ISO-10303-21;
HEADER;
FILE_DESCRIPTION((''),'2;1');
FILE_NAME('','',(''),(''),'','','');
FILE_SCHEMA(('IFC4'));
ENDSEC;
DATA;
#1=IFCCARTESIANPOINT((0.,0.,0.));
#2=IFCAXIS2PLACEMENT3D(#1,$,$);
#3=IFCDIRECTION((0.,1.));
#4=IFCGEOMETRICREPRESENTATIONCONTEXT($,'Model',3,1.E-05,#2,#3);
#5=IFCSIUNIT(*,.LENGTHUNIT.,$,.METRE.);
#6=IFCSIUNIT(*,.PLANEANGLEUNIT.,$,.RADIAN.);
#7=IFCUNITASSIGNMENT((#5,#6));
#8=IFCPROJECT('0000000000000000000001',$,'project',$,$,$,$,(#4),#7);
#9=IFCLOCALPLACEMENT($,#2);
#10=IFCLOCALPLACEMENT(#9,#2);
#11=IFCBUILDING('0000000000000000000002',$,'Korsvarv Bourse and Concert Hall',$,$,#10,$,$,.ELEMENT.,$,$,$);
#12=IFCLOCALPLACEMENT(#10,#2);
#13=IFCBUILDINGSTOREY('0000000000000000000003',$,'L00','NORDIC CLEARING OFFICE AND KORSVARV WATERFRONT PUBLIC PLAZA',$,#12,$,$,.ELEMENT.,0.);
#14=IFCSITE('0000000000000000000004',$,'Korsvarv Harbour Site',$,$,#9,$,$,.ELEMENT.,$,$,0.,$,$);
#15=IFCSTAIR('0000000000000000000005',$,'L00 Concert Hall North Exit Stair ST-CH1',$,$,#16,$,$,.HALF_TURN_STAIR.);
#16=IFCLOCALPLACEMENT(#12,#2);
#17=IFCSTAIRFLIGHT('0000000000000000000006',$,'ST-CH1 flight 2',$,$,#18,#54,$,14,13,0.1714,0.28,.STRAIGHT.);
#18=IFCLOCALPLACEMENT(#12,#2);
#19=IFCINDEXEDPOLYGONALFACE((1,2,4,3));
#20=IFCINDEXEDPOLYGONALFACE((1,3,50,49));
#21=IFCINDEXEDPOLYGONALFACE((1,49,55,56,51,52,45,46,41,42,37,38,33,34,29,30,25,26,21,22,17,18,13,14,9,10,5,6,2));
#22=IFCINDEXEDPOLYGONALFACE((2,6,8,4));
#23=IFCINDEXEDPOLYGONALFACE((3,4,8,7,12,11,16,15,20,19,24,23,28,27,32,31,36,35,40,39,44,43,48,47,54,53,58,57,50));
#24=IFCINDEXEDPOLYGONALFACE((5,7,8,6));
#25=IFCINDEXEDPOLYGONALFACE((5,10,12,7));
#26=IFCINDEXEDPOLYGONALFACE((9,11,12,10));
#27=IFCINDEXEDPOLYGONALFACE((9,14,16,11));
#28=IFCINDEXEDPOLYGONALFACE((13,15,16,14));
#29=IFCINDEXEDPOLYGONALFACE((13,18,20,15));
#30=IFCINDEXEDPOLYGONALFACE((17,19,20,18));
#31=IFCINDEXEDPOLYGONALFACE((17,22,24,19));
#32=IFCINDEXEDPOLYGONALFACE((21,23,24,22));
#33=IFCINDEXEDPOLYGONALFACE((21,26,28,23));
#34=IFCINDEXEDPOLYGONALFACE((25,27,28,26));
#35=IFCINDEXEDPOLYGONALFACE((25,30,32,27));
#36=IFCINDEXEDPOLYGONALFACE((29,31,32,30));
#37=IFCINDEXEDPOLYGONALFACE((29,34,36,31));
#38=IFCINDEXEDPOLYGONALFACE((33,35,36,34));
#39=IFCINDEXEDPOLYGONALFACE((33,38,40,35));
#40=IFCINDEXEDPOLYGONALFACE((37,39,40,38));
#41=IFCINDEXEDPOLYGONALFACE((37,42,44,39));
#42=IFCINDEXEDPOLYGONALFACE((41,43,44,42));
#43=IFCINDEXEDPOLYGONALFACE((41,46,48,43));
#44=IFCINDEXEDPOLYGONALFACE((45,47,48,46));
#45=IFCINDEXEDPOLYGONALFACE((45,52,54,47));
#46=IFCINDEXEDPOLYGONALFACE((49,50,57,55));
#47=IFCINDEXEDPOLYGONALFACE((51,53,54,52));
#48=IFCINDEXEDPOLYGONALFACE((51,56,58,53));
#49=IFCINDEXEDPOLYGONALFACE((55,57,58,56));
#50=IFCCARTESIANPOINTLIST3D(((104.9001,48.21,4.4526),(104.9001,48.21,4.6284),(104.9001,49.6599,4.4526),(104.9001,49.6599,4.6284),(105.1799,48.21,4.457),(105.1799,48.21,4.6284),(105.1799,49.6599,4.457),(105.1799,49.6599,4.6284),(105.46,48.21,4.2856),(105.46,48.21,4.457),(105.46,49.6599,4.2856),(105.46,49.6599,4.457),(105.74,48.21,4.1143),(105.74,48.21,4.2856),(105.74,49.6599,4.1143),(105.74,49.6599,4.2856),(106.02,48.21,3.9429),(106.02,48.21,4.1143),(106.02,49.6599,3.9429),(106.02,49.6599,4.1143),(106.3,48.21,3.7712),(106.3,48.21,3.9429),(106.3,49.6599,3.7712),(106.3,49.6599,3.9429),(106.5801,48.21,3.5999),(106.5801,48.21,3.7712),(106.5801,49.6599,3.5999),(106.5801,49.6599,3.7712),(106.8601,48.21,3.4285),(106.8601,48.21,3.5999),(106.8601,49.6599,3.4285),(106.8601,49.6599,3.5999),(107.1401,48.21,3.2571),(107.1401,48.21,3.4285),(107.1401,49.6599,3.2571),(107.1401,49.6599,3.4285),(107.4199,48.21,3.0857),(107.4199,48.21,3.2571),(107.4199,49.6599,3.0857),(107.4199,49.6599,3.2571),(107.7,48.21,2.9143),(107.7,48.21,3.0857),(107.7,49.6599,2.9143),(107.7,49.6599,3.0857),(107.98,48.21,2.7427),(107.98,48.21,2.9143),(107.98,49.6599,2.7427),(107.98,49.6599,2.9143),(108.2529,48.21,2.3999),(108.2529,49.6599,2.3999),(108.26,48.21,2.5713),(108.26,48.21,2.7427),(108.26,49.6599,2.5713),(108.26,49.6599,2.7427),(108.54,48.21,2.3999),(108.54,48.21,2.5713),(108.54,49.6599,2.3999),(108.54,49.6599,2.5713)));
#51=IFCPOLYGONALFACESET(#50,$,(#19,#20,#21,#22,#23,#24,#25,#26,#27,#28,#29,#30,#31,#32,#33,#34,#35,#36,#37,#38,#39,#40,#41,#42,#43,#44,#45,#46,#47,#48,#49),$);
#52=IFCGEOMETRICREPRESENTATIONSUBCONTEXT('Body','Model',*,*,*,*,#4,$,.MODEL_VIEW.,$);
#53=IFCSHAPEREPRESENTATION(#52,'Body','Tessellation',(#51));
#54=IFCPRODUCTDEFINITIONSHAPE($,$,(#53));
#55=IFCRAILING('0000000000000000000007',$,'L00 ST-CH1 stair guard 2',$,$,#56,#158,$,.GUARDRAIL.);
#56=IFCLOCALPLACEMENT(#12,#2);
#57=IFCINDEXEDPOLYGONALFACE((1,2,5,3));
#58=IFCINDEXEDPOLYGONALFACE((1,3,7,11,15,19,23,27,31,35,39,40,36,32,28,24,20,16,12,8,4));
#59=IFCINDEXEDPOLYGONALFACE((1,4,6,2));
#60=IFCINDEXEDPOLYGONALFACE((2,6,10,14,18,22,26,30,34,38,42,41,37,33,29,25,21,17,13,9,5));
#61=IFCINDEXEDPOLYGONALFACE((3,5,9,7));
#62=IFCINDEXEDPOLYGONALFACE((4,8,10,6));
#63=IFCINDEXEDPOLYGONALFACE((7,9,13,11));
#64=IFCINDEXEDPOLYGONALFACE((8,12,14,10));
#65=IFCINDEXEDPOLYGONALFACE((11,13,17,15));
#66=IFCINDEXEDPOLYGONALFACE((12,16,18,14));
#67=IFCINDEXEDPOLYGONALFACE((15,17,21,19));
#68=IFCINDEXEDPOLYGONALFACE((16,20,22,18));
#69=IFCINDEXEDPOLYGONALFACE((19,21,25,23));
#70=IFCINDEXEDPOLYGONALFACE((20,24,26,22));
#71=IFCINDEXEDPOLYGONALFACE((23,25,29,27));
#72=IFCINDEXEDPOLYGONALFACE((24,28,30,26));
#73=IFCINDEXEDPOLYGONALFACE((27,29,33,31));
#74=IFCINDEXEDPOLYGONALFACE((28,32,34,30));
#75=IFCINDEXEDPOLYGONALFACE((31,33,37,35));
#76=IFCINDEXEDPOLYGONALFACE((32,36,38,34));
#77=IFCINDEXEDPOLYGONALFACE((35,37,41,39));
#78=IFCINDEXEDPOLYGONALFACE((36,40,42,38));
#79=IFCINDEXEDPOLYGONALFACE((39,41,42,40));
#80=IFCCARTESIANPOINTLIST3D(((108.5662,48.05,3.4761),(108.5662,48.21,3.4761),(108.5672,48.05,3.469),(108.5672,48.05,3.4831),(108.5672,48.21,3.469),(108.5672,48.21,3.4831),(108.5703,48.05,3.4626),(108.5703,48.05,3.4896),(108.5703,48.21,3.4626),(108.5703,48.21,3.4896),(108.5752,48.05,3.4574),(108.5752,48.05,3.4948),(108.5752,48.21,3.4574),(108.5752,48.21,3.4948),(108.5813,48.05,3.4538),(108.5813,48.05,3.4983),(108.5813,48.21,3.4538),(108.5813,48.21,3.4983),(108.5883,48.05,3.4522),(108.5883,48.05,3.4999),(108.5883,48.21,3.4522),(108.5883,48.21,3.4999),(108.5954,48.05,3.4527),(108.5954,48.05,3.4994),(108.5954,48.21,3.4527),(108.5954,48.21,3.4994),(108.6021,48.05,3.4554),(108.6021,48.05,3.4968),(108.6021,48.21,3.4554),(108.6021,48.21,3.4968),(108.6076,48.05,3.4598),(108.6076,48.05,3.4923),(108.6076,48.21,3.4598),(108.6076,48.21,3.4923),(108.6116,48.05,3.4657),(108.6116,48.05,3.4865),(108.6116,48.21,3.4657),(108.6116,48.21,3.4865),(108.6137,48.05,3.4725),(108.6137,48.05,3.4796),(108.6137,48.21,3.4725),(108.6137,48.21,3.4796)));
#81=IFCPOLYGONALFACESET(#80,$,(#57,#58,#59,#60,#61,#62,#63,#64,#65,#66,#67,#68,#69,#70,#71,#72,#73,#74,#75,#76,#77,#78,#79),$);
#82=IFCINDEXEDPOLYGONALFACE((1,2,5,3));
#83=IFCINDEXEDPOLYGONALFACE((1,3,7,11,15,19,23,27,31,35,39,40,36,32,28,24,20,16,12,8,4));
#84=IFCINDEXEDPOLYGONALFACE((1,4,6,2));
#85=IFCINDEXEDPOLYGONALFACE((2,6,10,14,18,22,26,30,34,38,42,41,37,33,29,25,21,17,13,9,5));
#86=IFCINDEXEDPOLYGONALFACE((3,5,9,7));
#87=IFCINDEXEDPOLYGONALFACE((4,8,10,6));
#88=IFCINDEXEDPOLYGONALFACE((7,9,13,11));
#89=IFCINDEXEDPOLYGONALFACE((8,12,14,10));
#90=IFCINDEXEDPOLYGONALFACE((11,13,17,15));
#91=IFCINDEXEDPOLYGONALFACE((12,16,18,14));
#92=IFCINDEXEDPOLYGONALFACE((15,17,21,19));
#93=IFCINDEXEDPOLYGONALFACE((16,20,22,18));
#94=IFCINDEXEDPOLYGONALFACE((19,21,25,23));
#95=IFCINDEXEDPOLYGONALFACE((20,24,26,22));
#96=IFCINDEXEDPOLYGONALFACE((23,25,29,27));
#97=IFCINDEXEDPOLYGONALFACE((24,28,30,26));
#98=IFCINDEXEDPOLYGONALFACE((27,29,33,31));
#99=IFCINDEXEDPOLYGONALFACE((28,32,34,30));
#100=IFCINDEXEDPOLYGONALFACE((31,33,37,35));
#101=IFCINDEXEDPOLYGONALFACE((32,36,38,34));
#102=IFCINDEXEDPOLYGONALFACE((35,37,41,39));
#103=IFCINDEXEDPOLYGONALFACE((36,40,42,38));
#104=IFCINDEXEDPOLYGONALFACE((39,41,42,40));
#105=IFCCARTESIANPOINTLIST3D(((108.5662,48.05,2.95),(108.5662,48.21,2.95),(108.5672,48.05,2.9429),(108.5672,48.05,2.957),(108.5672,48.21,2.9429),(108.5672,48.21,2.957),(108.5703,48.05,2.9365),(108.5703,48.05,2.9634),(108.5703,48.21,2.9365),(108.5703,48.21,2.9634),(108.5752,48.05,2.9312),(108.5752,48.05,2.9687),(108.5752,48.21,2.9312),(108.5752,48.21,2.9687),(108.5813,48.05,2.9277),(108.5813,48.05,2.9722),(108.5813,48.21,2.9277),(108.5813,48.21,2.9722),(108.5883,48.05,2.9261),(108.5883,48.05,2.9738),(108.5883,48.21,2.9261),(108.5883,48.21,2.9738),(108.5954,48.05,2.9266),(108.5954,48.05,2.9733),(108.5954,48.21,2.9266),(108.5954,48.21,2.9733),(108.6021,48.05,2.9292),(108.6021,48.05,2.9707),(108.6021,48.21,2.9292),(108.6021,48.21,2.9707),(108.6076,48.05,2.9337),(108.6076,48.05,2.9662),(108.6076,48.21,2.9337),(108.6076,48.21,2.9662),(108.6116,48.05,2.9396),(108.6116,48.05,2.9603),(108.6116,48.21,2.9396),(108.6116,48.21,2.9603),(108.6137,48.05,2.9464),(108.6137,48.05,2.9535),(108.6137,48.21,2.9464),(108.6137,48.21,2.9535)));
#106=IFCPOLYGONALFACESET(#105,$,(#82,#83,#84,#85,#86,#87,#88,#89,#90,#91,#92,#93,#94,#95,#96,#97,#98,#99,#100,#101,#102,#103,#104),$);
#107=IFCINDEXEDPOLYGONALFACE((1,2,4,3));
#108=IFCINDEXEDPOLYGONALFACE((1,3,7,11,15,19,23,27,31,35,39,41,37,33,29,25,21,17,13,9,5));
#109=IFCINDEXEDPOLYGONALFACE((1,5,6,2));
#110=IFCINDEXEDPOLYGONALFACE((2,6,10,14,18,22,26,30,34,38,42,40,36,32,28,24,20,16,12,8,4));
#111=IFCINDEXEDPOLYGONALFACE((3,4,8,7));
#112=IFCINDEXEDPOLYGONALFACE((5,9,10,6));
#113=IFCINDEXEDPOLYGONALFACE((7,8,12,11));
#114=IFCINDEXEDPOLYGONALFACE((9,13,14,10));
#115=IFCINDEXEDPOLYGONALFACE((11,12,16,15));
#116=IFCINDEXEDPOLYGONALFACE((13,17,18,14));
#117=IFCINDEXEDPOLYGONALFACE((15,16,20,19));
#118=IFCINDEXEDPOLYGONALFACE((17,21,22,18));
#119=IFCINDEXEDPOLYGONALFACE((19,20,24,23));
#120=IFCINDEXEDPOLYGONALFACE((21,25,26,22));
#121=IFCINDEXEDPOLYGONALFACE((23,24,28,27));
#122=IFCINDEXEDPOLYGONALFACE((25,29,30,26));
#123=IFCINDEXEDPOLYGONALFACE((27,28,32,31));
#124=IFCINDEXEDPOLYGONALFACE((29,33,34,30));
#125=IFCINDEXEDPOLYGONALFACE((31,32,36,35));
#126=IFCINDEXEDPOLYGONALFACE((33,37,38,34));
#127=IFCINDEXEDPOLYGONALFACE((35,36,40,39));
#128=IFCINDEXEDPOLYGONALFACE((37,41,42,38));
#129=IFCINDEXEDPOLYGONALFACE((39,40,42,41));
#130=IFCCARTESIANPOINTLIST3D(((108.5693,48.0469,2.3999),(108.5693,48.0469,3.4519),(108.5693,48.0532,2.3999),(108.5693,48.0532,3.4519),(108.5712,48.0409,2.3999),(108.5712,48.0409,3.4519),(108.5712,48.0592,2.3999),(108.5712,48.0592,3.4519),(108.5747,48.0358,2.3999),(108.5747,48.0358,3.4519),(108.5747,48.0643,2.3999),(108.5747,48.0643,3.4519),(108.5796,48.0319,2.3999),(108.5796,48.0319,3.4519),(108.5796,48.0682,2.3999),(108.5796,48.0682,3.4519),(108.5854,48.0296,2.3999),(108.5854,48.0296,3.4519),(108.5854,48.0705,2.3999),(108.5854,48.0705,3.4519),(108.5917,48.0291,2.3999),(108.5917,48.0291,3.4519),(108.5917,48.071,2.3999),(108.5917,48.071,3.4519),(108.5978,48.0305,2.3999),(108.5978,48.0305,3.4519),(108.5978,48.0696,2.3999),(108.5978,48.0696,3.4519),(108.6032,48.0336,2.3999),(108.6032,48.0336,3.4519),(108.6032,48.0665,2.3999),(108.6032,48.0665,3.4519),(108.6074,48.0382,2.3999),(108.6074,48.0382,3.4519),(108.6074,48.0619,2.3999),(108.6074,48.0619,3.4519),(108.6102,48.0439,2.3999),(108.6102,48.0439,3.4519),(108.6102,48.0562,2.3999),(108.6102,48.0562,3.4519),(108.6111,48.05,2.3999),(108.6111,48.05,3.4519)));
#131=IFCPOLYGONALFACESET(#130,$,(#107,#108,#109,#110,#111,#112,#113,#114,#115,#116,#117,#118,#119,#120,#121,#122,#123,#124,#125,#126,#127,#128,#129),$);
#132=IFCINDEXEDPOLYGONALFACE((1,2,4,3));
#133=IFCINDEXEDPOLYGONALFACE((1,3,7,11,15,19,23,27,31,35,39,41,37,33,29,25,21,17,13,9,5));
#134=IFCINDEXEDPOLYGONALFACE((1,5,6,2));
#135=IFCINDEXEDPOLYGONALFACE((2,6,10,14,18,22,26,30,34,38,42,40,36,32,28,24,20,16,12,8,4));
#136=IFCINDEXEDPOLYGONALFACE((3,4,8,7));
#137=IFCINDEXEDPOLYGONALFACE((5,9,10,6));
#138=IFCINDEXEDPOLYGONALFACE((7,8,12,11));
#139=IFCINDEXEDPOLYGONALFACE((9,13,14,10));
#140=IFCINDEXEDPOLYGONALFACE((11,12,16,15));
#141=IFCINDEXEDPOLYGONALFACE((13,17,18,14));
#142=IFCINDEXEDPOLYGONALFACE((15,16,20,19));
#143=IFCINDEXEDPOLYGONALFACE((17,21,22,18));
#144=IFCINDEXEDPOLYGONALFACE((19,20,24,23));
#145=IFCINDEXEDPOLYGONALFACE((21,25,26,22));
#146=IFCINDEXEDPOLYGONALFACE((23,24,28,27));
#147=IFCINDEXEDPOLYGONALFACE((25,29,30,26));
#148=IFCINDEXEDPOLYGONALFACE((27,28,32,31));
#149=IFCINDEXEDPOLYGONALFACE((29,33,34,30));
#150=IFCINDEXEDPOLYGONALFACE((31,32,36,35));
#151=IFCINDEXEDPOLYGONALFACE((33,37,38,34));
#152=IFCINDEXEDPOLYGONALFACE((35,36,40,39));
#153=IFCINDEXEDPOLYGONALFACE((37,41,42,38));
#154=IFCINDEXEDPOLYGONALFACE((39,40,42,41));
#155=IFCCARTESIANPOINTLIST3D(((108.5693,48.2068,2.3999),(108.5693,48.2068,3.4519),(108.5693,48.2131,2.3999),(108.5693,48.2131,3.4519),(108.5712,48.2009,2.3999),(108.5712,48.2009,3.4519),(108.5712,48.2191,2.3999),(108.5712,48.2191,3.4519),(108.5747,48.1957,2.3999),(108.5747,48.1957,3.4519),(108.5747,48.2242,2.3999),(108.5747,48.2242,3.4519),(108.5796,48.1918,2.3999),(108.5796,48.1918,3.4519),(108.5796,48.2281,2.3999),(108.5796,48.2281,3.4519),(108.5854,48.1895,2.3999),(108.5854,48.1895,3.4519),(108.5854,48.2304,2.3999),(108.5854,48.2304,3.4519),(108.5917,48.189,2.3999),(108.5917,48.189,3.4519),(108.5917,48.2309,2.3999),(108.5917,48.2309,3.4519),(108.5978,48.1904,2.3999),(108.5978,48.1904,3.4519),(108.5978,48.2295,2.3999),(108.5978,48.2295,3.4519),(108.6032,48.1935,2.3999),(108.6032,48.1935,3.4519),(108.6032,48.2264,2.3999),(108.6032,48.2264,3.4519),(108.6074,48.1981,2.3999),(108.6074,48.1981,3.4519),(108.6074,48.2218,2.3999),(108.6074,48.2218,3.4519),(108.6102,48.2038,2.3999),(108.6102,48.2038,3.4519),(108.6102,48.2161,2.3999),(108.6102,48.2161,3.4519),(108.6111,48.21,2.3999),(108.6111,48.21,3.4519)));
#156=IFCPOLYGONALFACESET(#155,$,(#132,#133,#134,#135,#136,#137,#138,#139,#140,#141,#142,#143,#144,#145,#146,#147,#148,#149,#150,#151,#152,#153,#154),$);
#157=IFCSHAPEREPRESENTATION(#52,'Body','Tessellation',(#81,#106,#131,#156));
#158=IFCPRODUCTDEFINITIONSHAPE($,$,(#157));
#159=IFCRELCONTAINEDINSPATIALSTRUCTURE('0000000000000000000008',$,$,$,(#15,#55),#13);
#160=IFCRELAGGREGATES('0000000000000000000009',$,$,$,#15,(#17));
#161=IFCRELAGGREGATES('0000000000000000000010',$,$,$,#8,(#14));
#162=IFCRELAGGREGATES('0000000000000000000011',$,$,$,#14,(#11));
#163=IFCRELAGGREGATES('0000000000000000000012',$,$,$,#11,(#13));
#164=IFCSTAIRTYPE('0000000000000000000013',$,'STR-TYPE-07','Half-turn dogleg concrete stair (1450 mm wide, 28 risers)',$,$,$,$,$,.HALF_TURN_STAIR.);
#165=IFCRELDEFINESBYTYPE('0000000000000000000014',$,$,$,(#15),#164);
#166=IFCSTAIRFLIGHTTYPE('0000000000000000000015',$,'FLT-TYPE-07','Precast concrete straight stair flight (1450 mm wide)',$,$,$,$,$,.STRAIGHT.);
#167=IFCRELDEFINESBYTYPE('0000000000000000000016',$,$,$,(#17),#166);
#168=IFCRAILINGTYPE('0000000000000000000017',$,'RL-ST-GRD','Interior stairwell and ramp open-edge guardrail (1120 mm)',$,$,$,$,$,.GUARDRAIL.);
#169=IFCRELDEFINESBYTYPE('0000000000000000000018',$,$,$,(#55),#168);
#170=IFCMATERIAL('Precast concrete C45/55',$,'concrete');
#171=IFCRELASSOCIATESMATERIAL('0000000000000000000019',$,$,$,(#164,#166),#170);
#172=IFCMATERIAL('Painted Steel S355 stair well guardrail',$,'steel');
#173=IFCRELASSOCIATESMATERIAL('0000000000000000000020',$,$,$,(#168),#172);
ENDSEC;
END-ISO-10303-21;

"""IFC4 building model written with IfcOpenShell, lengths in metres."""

from ifc_helpers import new_model, si_unit, direction, frame, origin, origin_2d, place, context, subcontext, project, spatial, polyline, circle, outline, extrude, material, type_object, element, aggregate, save


model = new_model("IFC4")

# Units and contexts
model_context = context("Model", 3, precision=1e-05, world=origin(), true_north=direction((0.0, 1.0)))
body_context = subcontext(model_context, "Body", "Model", "MODEL_VIEW")
ifc_project = project(units=[si_unit("LENGTHUNIT", "METRE"), si_unit("PLANEANGLEUNIT", "RADIAN")], contexts=[model_context])

# Site, building, storey
site_placement = place(None, origin())
site = spatial("IfcSite", under=ifc_project, at=site_placement, Name="Korsvarv Harbour Site", CompositionType="ELEMENT", RefElevation=0.0)
building_placement = place(site_placement, origin())
building = spatial("IfcBuilding", under=site, at=building_placement, Name="Korsvarv Bourse and Concert Hall", CompositionType="ELEMENT")
storey_placement = place(building_placement, origin())
storey = spatial("IfcBuildingStorey", under=building, at=storey_placement, Name="L00", Description="NORDIC CLEARING OFFICE AND KORSVARV WATERFRONT PUBLIC PLAZA", CompositionType="ELEMENT", Elevation=0.0)

# Stair, stair flight
ifc_material_1 = material(Name="Precast concrete C45/55", Category="concrete")
stair_type = type_object("IfcStairType", Name="STR-TYPE-07", Description="Half-turn dogleg concrete stair (1450 mm wide, 28 risers)", PredefinedType="HALF_TURN_STAIR", material=ifc_material_1)
stair_placement = place(storey_placement, origin())
stair = element("IfcStair", 1, at=stair_placement, inside=storey, type_object=stair_type, Name="L00 Concert Hall North Exit Stair ST-CH1", PredefinedType="HALF_TURN_STAIR")
stair_flight_type = type_object("IfcStairFlightType", Name="FLT-TYPE-07", Description="Precast concrete straight stair flight (1450 mm wide)", PredefinedType="STRAIGHT", material=ifc_material_1)
stair_flight_placement = place(storey_placement, frame((108.54, 48.9351, 2.3999), z_axis=(0.0, 0.0, 1.0), x_axis=(-1.0, 0.0, 0.0)))
stair_flight = element("IfcStairFlight", 2, at=stair_flight_placement, type_object=stair_flight_type, Name="ST-CH1 flight 2", NumberOfRisers=14, NumberOfTreads=13, PredefinedType="STRAIGHT", RiserHeight=0.1714, TreadLength=0.28, context=body_context, shape_type="SweptSolid", body=[
    extrude(outline(polyline([(0.0, 0.0), (0.0, 0.1714), (0.28, 0.1714), (0.28, 0.3428), (0.5601, 0.3428), (0.5601, 0.5144), (0.8401, 0.5144), (0.8401, 0.6858), (1.1201, 0.6858), (1.1201, 0.8572), (1.3999, 0.8572), (1.3999, 1.0286), (1.6799, 1.0286), (1.6799, 1.2), (1.96, 1.2), (1.96, 1.3713), (2.24, 1.3713), (2.24, 1.543), (2.52, 1.543), (2.52, 1.7144), (2.8, 1.7144), (2.8, 1.8857), (3.0801, 1.8857), (3.0801, 2.0571), (3.3601, 2.0571), (3.3601, 2.2285), (3.6399, 2.2285), (3.6399, 2.3999), (3.6399, 2.0527), (0.2871, 0.0), (0.0, 0.0)])), frame((0.0, 0.7251, 0.0), z_axis=(0.0, -1.0, 0.0), x_axis=(1.0, 0.0, 0.0)), (0.0, 0.0, 1.0), 1.45),
])
aggregate(stair, [stair_flight])

# Railing
ifc_material_2 = material(Name="Painted Steel S355 stair well guardrail", Category="steel")
railing_type_1 = type_object("IfcRailingType", Name="RL-ST-GRD", Description="Interior stairwell and ramp open-edge guardrail (1120 mm)", PredefinedType="GUARDRAIL", material=ifc_material_2)
railing_1_placement = place(storey_placement, frame((108.5901, 48.05, 2.3999)))
element("IfcRailing", 3, at=railing_1_placement, inside=storey, type_object=railing_type_1, Name="L00 ST-CH1 stair guard 2", PredefinedType="GUARDRAIL", context=body_context, shape_type="SweptSolid", body=[
    extrude(circle(Radius=0.0239, at=origin_2d()), frame((0.0, 0.0, 1.0762), z_axis=(0.0, 1.0, 0.0), x_axis=(-1.0, 0.0, 0.0)), (0.0, 0.0, 1.0), 0.1599),
    extrude(circle(Radius=0.0239, at=origin_2d()), frame((0.0, 0.0, 0.55), z_axis=(0.0, 1.0, 0.0), x_axis=(-1.0, 0.0, 0.0)), (0.0, 0.0, 1.0), 0.1599),
    extrude(circle(Radius=0.021, at=origin_2d()), origin(), (0.0, 0.0, 1.0), 1.052),
    extrude(circle(Radius=0.021, at=origin_2d()), frame((0.0, 0.1599, 0.0)), (0.0, 0.0, 1.0), 1.052),
])

save(model, "model.ifc")
